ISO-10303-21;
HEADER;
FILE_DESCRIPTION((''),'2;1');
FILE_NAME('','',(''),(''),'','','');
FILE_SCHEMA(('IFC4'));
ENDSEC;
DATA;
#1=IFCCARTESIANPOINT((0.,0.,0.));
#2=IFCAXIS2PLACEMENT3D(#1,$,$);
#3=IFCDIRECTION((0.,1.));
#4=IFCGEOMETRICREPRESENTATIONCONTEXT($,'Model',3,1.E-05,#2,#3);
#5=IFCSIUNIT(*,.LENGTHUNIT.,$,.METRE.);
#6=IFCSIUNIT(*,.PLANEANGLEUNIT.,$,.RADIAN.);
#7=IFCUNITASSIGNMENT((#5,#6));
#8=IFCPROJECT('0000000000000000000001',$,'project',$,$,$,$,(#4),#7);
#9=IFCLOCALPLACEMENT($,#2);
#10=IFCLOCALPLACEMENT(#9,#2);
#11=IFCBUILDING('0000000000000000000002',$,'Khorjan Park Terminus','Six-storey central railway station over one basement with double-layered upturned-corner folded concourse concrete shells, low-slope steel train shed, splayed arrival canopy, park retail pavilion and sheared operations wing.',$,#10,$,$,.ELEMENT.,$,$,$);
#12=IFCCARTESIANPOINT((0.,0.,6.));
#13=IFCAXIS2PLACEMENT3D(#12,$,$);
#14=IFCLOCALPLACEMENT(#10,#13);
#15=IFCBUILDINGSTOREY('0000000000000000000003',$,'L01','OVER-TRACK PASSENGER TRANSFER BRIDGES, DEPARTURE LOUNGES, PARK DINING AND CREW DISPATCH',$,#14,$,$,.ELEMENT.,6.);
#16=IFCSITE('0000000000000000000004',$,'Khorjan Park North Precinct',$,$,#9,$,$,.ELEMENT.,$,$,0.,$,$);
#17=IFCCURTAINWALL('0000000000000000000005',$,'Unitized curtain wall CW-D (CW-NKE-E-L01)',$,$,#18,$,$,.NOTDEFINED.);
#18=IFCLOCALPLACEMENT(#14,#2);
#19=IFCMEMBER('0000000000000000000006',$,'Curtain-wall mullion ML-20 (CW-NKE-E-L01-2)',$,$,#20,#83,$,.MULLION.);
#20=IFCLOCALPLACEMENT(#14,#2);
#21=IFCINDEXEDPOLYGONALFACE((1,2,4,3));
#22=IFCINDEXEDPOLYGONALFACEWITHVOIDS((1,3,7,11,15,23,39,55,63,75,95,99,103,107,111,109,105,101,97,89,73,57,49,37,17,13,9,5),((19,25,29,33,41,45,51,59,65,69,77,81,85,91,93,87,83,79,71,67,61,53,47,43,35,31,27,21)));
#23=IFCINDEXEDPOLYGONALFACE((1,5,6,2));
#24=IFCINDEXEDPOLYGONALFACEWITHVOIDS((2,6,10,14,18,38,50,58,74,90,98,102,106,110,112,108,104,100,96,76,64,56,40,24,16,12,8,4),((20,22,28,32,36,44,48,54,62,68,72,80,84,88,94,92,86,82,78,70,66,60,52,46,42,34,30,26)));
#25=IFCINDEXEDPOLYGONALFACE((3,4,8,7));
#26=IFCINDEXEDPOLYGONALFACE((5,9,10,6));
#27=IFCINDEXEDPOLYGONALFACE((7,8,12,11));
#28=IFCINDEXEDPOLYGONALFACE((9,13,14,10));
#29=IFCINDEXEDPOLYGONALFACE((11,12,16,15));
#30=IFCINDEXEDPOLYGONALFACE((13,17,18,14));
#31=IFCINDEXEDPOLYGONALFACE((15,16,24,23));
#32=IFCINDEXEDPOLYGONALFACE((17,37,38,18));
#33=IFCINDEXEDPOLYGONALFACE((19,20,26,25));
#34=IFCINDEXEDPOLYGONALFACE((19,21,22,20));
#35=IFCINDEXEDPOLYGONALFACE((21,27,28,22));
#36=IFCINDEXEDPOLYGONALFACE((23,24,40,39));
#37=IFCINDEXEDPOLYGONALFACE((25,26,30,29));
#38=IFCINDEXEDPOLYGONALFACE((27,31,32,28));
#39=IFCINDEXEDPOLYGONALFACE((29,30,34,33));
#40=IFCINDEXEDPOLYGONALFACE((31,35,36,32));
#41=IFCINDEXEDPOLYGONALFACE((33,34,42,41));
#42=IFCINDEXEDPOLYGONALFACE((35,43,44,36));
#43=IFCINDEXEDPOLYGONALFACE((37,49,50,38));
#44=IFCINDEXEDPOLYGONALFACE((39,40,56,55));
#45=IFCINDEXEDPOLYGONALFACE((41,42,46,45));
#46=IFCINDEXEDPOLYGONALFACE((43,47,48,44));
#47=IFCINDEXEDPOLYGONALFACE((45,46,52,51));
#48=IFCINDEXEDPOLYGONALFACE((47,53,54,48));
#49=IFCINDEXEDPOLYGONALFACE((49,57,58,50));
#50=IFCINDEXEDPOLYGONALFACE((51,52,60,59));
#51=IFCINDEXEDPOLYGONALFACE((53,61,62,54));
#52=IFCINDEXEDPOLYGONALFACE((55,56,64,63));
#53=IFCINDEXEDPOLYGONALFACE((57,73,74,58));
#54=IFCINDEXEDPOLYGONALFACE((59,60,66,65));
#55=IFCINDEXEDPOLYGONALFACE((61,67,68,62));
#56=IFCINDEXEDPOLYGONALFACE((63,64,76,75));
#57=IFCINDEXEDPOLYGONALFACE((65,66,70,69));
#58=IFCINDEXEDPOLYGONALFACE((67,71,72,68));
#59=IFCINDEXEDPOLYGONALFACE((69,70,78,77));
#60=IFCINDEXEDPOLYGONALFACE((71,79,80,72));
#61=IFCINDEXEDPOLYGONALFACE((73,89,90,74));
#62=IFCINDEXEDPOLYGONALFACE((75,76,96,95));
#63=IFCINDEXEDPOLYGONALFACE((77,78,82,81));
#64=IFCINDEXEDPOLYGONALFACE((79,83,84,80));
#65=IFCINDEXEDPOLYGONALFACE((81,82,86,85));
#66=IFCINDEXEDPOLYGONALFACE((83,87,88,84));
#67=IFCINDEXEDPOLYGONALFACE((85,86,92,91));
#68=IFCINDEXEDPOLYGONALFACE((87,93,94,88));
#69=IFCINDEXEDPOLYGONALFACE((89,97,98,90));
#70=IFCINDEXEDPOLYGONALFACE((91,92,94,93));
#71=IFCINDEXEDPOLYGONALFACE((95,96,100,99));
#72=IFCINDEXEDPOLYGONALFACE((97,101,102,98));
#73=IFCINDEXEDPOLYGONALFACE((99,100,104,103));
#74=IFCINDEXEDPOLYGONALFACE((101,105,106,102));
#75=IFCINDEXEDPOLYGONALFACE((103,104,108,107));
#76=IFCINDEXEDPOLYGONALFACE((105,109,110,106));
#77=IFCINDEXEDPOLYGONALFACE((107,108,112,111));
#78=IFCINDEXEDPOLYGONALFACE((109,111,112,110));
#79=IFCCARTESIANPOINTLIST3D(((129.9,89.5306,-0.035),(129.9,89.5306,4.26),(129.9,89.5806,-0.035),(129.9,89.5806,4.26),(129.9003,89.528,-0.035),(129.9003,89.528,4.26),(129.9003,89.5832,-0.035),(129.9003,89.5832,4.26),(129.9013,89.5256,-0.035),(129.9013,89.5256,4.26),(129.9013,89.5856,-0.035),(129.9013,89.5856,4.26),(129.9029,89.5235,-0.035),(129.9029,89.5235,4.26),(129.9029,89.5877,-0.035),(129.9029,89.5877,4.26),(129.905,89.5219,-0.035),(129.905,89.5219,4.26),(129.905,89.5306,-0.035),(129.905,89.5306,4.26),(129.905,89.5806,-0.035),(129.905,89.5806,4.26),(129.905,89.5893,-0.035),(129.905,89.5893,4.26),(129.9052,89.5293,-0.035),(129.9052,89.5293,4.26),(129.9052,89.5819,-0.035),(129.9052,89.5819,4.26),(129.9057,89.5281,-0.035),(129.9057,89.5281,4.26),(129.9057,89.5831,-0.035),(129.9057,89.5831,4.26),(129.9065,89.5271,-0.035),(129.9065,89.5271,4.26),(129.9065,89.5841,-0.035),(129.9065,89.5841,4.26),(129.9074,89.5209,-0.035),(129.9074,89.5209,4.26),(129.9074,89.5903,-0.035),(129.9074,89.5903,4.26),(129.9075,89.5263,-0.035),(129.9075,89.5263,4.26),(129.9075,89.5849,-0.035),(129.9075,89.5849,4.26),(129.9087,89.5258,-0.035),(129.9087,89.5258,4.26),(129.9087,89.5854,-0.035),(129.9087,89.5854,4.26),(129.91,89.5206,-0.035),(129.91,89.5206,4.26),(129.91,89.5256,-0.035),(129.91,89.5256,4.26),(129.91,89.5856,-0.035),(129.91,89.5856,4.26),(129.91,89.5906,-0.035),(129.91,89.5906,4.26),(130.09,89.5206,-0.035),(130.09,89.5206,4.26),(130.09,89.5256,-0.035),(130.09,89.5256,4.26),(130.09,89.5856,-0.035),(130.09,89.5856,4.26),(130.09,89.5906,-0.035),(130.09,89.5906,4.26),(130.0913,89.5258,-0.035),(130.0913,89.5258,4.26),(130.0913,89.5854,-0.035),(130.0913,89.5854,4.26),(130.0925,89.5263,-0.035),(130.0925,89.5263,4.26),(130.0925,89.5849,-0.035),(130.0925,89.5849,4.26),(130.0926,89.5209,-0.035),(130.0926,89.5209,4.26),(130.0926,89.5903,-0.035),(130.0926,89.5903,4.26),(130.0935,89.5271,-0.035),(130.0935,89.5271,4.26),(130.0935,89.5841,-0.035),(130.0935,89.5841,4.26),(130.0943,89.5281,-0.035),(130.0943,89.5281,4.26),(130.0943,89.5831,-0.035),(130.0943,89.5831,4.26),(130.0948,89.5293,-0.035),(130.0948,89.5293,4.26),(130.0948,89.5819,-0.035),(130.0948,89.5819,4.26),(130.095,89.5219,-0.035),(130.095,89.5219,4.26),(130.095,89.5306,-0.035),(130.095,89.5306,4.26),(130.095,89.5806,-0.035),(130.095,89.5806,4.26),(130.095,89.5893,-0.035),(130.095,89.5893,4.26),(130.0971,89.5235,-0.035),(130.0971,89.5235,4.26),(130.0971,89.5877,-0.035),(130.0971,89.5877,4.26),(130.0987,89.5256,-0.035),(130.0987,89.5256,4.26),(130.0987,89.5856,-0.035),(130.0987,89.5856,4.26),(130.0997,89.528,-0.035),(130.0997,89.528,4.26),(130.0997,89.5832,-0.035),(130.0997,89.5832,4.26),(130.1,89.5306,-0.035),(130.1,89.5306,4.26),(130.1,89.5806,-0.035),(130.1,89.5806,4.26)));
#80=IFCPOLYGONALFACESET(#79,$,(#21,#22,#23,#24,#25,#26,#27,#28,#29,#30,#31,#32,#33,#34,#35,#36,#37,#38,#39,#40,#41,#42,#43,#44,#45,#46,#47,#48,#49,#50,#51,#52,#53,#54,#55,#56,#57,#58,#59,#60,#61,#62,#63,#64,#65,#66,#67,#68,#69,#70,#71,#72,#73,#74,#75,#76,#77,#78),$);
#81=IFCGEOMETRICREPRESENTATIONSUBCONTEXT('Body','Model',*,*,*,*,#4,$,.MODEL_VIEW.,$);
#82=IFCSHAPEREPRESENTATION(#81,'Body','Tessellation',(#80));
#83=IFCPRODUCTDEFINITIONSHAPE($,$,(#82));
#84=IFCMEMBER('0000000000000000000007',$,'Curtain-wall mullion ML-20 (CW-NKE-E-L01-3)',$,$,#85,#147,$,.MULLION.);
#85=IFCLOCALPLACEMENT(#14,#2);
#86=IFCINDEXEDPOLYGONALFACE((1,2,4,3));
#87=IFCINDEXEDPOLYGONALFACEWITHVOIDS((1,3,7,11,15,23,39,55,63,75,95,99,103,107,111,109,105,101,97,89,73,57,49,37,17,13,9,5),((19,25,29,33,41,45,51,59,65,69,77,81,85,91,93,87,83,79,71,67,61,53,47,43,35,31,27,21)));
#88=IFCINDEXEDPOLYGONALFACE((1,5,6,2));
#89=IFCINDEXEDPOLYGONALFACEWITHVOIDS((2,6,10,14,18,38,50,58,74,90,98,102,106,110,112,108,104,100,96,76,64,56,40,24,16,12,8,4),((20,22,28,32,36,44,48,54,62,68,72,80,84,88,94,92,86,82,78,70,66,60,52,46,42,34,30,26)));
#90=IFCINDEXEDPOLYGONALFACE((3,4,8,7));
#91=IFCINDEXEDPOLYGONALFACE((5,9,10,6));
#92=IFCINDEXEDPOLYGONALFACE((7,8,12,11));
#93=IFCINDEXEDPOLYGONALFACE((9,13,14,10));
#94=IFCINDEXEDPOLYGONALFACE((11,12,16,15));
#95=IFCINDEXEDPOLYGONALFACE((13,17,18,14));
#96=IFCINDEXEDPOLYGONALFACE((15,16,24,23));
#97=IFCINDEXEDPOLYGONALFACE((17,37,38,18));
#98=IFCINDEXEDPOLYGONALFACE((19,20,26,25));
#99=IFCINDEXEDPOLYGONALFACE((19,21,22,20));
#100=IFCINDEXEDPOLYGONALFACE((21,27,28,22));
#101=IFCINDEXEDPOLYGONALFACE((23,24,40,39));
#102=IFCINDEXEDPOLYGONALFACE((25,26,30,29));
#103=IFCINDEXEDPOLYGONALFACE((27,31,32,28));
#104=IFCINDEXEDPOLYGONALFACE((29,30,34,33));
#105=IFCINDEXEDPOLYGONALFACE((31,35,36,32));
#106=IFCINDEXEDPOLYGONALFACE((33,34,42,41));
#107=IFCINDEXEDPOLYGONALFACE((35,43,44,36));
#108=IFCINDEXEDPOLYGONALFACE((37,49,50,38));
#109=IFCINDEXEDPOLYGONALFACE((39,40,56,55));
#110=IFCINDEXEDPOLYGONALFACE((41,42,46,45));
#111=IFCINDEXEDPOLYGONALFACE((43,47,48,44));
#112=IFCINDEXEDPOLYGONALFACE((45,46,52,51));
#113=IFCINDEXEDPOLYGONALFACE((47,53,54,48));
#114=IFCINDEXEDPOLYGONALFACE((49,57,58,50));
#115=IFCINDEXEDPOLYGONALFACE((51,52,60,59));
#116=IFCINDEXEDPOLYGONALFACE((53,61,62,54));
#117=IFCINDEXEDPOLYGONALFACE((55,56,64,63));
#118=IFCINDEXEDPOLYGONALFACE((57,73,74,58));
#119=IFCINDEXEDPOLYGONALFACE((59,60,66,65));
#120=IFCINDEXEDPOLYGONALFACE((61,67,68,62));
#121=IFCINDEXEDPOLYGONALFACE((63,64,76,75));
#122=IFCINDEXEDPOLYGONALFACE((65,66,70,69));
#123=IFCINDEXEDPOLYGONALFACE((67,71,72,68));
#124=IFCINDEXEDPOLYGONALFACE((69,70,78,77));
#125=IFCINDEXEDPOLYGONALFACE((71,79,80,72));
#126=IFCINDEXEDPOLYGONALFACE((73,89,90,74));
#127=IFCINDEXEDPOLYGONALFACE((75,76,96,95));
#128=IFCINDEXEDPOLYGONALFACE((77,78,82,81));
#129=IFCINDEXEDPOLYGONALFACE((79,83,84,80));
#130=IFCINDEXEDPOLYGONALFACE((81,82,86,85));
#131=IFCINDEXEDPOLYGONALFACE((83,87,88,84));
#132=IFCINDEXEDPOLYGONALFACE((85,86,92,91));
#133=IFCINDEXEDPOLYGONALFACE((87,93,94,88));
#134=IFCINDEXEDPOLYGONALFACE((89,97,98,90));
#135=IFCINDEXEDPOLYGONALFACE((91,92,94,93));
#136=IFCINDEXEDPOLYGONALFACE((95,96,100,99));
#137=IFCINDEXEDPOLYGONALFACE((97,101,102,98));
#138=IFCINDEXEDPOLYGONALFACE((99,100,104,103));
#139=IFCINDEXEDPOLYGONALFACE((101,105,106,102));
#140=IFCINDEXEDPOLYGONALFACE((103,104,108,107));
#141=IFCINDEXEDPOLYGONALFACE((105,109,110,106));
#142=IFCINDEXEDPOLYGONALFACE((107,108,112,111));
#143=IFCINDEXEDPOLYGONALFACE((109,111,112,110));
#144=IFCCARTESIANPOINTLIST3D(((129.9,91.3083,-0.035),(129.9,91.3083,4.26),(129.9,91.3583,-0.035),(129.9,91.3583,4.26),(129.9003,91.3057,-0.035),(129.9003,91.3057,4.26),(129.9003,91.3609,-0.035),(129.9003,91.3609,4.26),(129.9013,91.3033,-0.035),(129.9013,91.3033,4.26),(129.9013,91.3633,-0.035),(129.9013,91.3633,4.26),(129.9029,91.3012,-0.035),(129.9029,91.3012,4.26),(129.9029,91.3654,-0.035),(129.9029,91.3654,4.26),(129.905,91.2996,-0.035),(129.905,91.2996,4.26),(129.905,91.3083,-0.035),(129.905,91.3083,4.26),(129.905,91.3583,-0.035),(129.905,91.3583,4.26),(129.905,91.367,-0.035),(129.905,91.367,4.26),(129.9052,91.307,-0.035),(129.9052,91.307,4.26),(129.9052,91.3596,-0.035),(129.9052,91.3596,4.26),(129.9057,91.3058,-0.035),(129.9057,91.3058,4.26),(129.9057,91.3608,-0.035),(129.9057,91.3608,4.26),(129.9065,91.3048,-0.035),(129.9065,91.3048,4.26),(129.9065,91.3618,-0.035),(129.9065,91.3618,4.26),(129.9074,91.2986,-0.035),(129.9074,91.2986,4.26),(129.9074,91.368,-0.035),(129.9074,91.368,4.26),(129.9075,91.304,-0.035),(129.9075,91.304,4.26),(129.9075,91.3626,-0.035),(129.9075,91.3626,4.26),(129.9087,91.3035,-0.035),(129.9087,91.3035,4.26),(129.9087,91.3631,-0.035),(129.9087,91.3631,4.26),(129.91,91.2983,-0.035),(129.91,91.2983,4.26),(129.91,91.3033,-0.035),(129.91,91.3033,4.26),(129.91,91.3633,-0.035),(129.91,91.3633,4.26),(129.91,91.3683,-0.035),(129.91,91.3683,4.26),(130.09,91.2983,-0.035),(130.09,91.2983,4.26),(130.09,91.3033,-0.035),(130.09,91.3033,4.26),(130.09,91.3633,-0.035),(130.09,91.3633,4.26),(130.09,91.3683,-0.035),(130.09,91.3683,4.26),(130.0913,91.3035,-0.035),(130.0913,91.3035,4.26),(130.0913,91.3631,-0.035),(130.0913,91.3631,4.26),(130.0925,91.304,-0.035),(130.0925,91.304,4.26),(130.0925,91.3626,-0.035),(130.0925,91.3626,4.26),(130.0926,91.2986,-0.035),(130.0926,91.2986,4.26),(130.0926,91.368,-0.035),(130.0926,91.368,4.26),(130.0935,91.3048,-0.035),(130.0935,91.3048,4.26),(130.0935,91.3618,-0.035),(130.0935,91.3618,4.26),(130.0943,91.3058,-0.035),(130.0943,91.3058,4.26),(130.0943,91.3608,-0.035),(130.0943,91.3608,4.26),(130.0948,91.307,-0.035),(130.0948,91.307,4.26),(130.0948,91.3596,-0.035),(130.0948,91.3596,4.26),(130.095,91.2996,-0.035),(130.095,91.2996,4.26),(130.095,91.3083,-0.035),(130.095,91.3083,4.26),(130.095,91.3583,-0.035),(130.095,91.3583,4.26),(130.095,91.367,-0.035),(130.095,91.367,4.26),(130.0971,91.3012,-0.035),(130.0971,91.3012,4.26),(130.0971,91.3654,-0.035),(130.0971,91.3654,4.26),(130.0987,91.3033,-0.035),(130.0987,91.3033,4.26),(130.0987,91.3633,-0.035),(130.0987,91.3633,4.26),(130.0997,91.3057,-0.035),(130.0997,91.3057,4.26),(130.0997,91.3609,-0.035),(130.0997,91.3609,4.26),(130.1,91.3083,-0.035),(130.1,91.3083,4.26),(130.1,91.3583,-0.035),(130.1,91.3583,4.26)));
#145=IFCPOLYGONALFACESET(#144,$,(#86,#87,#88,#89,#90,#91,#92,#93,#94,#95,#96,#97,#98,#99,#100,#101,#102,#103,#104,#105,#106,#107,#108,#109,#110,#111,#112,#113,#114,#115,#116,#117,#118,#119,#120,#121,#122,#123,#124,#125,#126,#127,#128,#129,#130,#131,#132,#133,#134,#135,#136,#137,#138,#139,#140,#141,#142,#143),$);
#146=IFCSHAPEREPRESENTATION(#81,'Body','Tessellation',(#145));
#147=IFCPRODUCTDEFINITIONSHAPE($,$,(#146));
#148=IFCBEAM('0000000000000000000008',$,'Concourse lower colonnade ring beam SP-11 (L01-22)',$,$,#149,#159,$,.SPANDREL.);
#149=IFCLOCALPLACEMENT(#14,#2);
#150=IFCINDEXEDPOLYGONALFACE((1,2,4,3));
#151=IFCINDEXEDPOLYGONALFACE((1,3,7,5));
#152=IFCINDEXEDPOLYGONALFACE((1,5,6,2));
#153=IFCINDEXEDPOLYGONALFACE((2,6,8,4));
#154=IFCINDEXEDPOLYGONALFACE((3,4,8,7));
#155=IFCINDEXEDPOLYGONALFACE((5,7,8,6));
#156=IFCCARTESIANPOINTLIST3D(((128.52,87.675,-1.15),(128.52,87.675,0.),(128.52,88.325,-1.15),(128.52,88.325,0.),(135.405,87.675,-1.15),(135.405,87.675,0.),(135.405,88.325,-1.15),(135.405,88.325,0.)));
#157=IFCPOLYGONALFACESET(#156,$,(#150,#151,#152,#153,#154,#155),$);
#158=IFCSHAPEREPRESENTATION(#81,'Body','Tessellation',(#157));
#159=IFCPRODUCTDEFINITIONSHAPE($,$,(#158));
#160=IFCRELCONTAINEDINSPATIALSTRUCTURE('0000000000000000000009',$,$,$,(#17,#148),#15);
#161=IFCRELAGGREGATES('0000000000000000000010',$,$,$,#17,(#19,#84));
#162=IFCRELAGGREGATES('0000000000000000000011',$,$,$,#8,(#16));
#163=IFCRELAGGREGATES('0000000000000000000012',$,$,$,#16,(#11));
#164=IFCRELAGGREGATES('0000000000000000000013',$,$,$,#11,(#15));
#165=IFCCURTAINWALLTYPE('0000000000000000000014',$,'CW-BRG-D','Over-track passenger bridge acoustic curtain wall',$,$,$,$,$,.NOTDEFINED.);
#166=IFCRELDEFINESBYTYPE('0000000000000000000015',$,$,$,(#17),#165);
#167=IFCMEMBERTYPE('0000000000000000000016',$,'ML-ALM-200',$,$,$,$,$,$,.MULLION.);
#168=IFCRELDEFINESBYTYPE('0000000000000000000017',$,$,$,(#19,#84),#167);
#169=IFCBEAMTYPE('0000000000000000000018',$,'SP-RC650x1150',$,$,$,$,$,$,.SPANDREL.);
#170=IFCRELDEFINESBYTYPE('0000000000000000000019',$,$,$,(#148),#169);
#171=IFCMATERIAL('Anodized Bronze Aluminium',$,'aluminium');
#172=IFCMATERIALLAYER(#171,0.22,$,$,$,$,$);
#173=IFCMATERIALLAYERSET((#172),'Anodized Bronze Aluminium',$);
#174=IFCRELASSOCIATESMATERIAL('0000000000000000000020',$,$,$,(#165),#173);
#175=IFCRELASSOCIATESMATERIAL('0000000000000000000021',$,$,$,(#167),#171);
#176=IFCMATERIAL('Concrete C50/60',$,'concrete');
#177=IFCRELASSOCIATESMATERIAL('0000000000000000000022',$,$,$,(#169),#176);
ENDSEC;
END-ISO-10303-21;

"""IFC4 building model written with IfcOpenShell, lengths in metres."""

from ifc_helpers import new_model, si_unit, direction, frame, origin, origin_2d, place, context, subcontext, project, spatial, rectangle, hollow_rectangle, extrude, material, layer, layer_set, material_profile, profile_set, type_object, element, aggregate, save


model = new_model("IFC4")

# Units and contexts
model_context = context("Model", 3, precision=1e-05, world=origin(), true_north=direction((0.0, 1.0)))
body_context = subcontext(model_context, "Body", "Model", "MODEL_VIEW")
ifc_project = project(units=[si_unit("LENGTHUNIT", "METRE"), si_unit("PLANEANGLEUNIT", "RADIAN")], contexts=[model_context])

# Site, building, storey
site_placement = place(None, origin())
site = spatial("IfcSite", under=ifc_project, at=site_placement, Name="Khorjan Park North Precinct", CompositionType="ELEMENT", RefElevation=0.0)
building_placement = place(site_placement, origin())
building = spatial("IfcBuilding", under=site, at=building_placement, Name="Khorjan Park Terminus", Description="Six-storey central railway station over one basement with double-layered upturned-corner folded concourse concrete shells, low-slope steel train shed, splayed arrival canopy, park retail pavilion and sheared operations wing.", CompositionType="ELEMENT")
storey_placement = place(building_placement, frame((0.0, 0.0, 6.0)))
storey = spatial("IfcBuildingStorey", under=building, at=storey_placement, Name="L01", Description="OVER-TRACK PASSENGER TRANSFER BRIDGES, DEPARTURE LOUNGES, PARK DINING AND CREW DISPATCH", CompositionType="ELEMENT", Elevation=6.0)

# Shared definitions
ifc_material_1 = material(Name="Concrete C50/60", Category="concrete")

# Shared definitions
ifc_material_2 = material(Name="Anodized Bronze Aluminium", Category="aluminium")
ifc_layer_1 = layer(ifc_material_2, 0.22)
ifc_layer_set_1 = layer_set([ifc_layer_1], Name="Anodized Bronze Aluminium")
curtain_wall_type = type_object("IfcCurtainWallType", Name="CW-BRG-D", Description="Over-track passenger bridge acoustic curtain wall", PredefinedType="NOTDEFINED", material=ifc_layer_set_1)
ifc_material_profile_1 = material_profile(ifc_material_2, hollow_rectangle(XDim=0.07, YDim=0.2, WallThickness=0.005, InnerFilletRadius=0.005, OuterFilletRadius=0.01, at=origin_2d()), Name="ALM 70x200x5")
ifc_profile_set_1 = profile_set([ifc_material_profile_1], Name="Anodized Bronze Aluminium")
member_type_1 = type_object("IfcMemberType", Name="ML-ALM-200", PredefinedType="MULLION", material=ifc_profile_set_1)

# Curtain wall, members
curtain_wall_1_placement = place(storey_placement, origin())
curtain_wall_1 = element("IfcCurtainWall", 1, at=curtain_wall_1_placement, inside=storey, type_object=curtain_wall_type, Name="Unitized curtain wall CW-D (CW-NKE-E-L01)", PredefinedType="NOTDEFINED")
member_1_placement = place(storey_placement, frame((130.0, 89.5556, -0.035), z_axis=(0.0, 0.0, 1.0), x_axis=(0.0, 1.0, 0.0)))
member_1 = element("IfcMember", 2, at=member_1_placement, type_object=member_type_1, Name="Curtain-wall mullion ML-20 (CW-NKE-E-L01-2)", PredefinedType="MULLION", context=body_context, shape_type="SweptSolid", body=[
    extrude(hollow_rectangle(XDim=0.07, YDim=0.2, WallThickness=0.005, InnerFilletRadius=0.005, OuterFilletRadius=0.01, at=origin_2d()), origin(), (0.0, 0.0, 1.0), 4.295),
])
member_2_placement = place(storey_placement, frame((130.0, 91.3333, -0.035), z_axis=(0.0, 0.0, 1.0), x_axis=(0.0, 1.0, 0.0)))
member_2 = element("IfcMember", 3, at=member_2_placement, type_object=member_type_1, Name="Curtain-wall mullion ML-20 (CW-NKE-E-L01-3)", PredefinedType="MULLION", context=body_context, shape_type="SweptSolid", body=[
    extrude(hollow_rectangle(XDim=0.07, YDim=0.2, WallThickness=0.005, InnerFilletRadius=0.005, OuterFilletRadius=0.01, at=origin_2d()), origin(), (0.0, 0.0, 1.0), 4.295),
])

# Beam
ifc_material_profile_2 = material_profile(ifc_material_1, rectangle(XDim=0.65, YDim=1.15, at=origin_2d()), Name="RC 650x1150")
ifc_profile_set_2 = profile_set([ifc_material_profile_2], Name="Concrete C50/60")
beam_type_1 = type_object("IfcBeamType", Name="SP-RC650x1150", PredefinedType="SPANDREL", material=ifc_profile_set_2)
beam_1_placement = place(storey_placement, frame((128.52, 88.0, -0.575), z_axis=(1.0, 0.0, 0.0), x_axis=(0.0, 1.0, 0.0)))
element("IfcBeam", 4, at=beam_1_placement, inside=storey, type_object=beam_type_1, Name="Concourse lower colonnade ring beam SP-11 (L01-22)", PredefinedType="SPANDREL", context=body_context, shape_type="SweptSolid", body=[
    extrude(rectangle(XDim=0.65, YDim=1.15, at=origin_2d()), origin(), (0.0, 0.0, 1.0), 6.885),
])

aggregate(curtain_wall_1, [member_1, member_2])

save(model, "model.ifc")
